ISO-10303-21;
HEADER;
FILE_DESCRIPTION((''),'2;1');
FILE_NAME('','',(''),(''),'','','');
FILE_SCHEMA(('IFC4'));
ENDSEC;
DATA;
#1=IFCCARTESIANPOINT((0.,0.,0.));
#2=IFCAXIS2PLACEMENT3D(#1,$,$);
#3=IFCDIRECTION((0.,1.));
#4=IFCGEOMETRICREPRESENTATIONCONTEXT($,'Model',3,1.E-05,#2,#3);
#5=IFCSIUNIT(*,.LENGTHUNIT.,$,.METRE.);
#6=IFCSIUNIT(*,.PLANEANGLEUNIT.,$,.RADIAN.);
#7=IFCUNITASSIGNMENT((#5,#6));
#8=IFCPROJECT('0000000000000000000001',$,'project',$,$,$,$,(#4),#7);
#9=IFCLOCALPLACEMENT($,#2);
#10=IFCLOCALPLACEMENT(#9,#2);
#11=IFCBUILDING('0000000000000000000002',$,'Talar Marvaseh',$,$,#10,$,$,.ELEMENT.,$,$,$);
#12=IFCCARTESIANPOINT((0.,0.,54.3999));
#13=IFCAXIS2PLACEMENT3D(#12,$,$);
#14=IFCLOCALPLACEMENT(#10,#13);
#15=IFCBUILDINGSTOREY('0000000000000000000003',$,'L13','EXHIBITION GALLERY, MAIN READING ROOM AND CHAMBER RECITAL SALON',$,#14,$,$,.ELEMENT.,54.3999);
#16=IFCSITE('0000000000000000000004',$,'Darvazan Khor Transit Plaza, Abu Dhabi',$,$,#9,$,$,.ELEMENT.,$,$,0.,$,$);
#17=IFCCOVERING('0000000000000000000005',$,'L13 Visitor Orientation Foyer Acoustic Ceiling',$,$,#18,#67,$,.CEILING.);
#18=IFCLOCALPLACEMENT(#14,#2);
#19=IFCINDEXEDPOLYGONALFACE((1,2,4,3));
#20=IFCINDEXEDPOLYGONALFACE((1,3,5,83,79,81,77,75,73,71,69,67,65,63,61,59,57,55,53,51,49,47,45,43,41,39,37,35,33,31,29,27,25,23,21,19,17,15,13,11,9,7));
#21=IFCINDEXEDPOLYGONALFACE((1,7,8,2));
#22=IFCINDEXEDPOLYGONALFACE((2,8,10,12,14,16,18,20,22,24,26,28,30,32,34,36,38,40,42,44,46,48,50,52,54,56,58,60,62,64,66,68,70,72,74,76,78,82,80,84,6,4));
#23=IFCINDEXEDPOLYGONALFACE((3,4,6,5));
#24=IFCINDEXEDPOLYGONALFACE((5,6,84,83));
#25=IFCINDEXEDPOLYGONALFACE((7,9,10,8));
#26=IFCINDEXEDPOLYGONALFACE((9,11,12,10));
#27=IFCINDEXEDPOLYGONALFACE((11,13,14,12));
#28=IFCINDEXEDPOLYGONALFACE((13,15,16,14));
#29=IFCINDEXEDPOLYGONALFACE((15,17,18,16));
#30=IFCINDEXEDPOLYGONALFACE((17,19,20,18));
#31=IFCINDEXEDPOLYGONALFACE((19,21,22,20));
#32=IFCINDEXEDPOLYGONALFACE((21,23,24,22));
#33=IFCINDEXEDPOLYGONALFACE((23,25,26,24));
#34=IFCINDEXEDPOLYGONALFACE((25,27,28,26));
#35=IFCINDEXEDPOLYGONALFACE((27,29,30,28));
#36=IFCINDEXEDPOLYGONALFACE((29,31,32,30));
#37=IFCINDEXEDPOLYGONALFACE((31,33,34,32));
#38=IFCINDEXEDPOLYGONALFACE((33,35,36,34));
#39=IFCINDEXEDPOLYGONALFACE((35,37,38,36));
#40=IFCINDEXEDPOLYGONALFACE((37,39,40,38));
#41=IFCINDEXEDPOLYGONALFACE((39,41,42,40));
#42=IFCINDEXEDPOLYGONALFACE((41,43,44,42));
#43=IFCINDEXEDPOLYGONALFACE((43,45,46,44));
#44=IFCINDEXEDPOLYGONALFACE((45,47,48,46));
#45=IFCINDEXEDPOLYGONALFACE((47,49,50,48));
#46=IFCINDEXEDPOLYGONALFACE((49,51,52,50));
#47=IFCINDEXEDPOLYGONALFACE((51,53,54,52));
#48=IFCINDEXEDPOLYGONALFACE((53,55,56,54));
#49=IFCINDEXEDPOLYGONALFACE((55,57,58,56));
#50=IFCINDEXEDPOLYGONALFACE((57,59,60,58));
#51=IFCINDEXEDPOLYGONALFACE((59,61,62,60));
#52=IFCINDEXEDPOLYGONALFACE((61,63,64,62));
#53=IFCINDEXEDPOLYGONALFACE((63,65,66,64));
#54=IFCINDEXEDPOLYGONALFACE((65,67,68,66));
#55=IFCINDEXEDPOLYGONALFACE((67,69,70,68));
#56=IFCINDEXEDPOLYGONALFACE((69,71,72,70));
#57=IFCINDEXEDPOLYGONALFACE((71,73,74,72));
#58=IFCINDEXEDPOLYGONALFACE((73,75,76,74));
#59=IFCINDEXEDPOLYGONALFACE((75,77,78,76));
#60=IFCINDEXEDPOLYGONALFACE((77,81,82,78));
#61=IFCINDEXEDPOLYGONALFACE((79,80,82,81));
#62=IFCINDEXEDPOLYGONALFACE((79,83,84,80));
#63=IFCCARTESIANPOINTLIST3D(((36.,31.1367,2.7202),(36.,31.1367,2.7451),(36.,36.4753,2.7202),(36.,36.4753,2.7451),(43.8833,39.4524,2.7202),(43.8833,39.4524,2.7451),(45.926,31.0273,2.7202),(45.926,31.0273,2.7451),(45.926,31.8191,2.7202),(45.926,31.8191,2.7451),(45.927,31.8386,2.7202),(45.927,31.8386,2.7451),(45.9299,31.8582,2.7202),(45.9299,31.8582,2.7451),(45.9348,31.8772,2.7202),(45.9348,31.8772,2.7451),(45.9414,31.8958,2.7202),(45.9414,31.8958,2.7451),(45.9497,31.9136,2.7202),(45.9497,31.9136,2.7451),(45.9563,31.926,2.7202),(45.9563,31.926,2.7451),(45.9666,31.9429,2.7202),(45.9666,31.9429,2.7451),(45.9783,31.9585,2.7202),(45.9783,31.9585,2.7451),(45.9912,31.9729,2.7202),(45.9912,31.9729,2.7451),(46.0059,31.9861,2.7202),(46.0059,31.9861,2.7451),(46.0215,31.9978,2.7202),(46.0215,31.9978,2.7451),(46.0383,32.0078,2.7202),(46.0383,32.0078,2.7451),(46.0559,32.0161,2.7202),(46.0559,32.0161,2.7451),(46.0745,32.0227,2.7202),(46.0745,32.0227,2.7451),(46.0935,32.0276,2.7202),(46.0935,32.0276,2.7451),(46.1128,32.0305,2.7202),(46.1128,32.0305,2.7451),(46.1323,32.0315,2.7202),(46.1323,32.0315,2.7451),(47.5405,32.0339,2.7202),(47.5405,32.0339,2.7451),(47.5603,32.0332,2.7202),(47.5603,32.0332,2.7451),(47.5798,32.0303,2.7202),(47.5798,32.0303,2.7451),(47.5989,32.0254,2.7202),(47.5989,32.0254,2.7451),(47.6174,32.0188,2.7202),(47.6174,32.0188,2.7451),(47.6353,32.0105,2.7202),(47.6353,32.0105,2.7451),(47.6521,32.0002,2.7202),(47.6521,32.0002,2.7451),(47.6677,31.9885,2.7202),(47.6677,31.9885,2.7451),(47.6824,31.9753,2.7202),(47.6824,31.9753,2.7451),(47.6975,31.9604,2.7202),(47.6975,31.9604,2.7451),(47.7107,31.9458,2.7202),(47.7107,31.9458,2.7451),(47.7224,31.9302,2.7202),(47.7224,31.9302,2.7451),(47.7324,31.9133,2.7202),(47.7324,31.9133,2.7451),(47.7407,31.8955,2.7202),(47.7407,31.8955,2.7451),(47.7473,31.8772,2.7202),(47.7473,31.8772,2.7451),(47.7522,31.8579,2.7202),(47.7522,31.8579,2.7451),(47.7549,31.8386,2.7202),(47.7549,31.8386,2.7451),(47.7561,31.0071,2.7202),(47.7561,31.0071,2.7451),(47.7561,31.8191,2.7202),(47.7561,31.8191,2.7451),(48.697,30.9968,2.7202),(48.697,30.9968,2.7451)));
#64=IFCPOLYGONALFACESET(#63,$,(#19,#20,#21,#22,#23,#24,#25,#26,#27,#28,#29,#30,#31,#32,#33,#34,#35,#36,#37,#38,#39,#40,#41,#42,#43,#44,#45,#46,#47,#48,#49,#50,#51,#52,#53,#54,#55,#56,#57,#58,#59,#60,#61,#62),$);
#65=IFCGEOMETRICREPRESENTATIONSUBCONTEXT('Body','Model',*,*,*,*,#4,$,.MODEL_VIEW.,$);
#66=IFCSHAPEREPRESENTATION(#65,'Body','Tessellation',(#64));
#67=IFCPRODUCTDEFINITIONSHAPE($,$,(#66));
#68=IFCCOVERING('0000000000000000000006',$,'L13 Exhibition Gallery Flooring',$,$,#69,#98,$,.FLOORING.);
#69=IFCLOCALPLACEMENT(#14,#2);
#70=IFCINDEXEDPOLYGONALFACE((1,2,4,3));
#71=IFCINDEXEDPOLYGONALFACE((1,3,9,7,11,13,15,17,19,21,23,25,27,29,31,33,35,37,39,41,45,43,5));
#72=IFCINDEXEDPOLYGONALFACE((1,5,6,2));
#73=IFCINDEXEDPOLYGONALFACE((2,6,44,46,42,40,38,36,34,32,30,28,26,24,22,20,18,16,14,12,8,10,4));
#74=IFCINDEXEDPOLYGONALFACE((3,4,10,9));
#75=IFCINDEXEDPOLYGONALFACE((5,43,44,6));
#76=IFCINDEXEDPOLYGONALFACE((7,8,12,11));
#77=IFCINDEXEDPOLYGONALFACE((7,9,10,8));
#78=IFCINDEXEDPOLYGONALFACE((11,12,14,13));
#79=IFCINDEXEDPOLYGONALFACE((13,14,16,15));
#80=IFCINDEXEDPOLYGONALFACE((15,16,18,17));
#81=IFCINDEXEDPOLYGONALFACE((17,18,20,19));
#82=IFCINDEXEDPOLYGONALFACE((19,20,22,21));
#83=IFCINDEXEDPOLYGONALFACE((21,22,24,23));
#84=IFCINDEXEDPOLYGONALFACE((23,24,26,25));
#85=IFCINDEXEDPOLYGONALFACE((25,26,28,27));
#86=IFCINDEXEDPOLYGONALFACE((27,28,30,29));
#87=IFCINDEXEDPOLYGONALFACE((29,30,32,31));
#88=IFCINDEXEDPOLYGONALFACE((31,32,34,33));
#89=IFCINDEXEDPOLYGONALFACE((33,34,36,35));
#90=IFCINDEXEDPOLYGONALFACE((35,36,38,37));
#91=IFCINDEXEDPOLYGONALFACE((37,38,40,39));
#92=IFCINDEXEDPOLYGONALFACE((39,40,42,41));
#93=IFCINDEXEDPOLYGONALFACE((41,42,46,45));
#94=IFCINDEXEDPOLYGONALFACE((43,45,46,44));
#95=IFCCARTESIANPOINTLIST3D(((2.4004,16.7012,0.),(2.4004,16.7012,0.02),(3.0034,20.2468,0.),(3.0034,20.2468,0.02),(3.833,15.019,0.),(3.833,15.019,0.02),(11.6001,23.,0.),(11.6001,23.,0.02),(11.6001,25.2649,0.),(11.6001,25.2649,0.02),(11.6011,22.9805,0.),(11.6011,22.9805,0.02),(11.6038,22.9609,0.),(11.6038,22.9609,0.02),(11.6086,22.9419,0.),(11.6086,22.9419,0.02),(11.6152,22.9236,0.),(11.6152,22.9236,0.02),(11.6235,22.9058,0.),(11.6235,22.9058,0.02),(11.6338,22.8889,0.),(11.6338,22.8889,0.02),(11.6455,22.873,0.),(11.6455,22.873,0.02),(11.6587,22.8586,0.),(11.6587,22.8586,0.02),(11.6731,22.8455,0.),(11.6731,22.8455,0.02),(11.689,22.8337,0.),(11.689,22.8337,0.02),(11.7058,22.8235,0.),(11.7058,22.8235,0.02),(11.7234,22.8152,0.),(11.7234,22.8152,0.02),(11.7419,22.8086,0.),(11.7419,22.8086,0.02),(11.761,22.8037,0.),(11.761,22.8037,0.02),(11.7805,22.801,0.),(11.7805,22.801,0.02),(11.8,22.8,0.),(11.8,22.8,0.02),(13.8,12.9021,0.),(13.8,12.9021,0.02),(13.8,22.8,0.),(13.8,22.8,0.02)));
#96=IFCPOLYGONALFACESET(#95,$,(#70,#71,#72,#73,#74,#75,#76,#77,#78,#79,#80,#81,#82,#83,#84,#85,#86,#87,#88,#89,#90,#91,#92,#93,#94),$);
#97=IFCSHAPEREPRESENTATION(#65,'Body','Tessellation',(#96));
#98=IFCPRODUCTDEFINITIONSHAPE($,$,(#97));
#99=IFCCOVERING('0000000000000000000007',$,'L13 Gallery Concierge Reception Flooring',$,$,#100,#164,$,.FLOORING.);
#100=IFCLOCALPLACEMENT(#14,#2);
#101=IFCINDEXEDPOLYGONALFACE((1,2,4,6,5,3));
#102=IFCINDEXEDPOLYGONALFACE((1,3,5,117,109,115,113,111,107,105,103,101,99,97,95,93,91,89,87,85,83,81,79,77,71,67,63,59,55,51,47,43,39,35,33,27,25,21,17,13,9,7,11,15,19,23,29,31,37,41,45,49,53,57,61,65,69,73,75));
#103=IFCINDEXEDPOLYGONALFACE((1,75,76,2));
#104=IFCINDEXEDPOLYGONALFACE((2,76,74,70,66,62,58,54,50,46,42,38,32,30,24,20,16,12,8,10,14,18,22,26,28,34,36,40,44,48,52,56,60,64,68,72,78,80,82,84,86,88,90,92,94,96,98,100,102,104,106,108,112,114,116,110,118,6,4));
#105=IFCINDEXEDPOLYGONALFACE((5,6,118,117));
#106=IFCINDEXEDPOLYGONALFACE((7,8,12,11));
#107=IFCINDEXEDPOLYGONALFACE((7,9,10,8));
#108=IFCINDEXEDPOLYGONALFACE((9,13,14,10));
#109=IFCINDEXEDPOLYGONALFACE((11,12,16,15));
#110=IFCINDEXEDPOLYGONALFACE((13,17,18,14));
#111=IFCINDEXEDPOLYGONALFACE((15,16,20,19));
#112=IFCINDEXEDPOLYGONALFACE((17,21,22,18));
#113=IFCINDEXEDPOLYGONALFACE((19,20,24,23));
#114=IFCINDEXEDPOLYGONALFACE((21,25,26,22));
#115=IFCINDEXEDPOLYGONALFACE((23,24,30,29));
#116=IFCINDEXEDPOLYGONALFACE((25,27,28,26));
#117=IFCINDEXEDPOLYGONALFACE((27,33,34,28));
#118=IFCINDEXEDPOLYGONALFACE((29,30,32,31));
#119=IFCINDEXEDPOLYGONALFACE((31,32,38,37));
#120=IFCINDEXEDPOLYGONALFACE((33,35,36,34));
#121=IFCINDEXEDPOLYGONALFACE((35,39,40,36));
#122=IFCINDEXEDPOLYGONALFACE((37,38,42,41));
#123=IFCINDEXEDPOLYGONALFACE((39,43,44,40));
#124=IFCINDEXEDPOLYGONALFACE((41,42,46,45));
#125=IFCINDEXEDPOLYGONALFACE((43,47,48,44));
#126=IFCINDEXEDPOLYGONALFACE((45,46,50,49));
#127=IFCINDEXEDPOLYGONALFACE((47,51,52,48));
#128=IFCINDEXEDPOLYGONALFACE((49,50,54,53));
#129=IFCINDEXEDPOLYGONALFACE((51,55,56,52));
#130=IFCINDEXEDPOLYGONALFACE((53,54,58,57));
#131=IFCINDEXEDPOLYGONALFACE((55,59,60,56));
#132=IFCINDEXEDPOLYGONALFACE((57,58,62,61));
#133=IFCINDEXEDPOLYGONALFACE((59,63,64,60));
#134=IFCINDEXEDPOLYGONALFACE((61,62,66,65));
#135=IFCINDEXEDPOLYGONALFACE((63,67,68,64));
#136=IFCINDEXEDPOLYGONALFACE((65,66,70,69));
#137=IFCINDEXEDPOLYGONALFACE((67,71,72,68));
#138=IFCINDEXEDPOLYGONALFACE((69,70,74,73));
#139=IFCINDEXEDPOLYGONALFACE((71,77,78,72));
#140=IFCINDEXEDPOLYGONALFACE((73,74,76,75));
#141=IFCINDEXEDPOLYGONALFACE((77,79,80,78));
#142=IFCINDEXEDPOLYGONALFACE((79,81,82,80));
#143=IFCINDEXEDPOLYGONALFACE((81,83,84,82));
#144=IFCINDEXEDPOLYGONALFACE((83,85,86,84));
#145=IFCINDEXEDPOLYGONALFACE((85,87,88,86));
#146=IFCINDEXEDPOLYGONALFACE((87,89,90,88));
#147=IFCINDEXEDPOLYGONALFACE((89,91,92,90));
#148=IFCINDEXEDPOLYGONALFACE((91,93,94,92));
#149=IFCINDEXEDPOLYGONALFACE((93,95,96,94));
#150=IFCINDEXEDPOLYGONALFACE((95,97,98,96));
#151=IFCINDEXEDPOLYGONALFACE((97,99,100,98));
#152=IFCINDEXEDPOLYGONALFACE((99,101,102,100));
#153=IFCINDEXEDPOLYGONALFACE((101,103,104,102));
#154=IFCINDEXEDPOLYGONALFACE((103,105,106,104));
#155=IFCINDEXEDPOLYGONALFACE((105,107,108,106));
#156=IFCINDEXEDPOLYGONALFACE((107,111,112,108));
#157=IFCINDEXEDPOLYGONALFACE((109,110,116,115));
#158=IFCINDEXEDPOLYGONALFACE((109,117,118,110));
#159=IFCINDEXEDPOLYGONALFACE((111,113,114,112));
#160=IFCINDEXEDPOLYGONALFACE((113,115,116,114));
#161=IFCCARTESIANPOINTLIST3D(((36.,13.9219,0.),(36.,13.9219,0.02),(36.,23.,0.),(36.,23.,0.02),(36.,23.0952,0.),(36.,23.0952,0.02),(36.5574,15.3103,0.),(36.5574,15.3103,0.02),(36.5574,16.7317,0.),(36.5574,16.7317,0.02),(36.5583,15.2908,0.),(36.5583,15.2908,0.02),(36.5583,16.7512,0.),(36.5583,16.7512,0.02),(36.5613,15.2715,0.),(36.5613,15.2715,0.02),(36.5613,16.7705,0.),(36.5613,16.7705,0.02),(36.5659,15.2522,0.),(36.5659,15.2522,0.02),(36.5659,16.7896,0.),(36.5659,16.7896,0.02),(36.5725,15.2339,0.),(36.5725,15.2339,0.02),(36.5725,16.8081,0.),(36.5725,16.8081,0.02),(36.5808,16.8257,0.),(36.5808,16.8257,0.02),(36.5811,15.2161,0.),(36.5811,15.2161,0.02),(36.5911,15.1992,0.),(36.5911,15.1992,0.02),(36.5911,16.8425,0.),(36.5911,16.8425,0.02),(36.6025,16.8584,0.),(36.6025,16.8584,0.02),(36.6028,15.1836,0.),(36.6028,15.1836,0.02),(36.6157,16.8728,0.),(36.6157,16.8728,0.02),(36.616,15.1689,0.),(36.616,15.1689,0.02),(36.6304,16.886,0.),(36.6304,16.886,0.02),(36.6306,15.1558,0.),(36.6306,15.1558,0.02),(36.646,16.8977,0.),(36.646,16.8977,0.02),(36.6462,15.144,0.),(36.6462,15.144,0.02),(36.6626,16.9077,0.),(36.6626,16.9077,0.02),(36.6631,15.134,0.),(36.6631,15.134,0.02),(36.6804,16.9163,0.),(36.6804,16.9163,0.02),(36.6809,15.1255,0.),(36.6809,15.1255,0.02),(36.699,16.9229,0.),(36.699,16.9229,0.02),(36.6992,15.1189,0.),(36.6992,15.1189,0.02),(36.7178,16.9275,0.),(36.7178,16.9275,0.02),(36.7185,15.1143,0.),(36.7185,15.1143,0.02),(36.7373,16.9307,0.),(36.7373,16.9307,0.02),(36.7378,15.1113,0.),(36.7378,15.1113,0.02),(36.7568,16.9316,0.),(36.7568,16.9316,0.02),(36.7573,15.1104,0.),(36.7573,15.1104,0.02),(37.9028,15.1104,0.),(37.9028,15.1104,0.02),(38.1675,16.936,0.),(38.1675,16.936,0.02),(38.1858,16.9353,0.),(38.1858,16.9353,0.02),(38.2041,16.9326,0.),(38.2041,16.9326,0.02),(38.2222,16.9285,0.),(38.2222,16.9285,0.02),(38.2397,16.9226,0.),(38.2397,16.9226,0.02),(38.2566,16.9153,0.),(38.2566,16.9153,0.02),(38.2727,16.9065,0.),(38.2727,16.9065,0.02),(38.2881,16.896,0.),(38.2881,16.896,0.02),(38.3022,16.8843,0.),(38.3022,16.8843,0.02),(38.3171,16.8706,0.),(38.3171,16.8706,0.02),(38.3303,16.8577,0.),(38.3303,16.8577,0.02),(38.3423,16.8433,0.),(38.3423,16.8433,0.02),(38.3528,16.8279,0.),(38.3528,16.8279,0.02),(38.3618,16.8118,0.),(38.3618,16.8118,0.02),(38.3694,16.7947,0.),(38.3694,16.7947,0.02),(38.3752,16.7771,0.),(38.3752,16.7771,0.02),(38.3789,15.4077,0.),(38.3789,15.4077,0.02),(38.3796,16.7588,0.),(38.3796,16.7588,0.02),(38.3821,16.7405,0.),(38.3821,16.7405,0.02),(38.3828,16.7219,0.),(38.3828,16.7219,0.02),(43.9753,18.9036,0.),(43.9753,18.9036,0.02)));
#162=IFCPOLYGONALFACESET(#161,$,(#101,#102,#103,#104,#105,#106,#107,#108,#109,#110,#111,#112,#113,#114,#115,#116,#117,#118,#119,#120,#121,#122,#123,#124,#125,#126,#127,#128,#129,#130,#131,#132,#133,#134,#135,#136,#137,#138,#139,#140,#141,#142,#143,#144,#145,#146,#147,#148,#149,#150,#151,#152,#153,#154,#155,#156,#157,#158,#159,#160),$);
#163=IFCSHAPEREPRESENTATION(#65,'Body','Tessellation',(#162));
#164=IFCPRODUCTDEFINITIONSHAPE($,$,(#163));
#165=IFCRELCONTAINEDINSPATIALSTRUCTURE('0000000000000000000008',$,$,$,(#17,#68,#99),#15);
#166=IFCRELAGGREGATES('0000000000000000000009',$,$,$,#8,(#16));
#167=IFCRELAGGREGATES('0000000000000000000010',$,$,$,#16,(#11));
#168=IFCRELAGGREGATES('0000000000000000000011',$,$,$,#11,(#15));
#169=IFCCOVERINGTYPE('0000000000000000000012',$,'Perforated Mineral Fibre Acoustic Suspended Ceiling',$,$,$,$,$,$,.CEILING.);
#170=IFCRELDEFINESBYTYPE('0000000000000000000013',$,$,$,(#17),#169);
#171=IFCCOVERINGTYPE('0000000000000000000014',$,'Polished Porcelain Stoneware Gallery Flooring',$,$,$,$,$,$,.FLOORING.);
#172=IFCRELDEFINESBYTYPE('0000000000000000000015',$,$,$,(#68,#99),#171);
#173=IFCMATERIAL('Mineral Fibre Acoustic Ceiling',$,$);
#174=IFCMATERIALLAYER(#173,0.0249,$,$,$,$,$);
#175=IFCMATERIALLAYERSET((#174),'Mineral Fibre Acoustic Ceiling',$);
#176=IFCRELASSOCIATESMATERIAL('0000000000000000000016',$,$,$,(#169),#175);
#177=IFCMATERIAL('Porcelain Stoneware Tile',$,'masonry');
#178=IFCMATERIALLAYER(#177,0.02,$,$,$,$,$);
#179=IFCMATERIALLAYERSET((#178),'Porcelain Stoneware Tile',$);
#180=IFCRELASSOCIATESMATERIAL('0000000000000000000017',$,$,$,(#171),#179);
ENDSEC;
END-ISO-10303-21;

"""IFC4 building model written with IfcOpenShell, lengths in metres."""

from ifc_helpers import new_model, si_unit, direction, frame, origin, place, context, subcontext, project, spatial, polyline, outline, extrude, material, layer, layer_set, type_object, element, save


model = new_model("IFC4")

# Units and contexts
model_context = context("Model", 3, precision=1e-05, world=origin(), true_north=direction((0.0, 1.0)))
body_context = subcontext(model_context, "Body", "Model", "MODEL_VIEW")
ifc_project = project(units=[si_unit("LENGTHUNIT", "METRE"), si_unit("PLANEANGLEUNIT", "RADIAN")], contexts=[model_context])

# Site, building, storey
site_placement = place(None, origin())
site = spatial("IfcSite", under=ifc_project, at=site_placement, Name="Darvazan Khor Transit Plaza, Abu Dhabi", CompositionType="ELEMENT", RefElevation=0.0)
building_placement = place(site_placement, origin())
building = spatial("IfcBuilding", under=site, at=building_placement, Name="Talar Marvaseh", CompositionType="ELEMENT")
storey_placement = place(building_placement, frame((0.0, 0.0, 54.3999)))
storey = spatial("IfcBuildingStorey", under=building, at=storey_placement, Name="L13", Description="EXHIBITION GALLERY, MAIN READING ROOM AND CHAMBER RECITAL SALON", CompositionType="ELEMENT", Elevation=54.3999)

# Coverings
ifc_material_1 = material(Name="Mineral Fibre Acoustic Ceiling")
ifc_layer_1 = layer(ifc_material_1, 0.0249)
ifc_layer_set_1 = layer_set([ifc_layer_1], Name="Mineral Fibre Acoustic Ceiling")
covering_type_1 = type_object("IfcCoveringType", Name="Perforated Mineral Fibre Acoustic Suspended Ceiling", PredefinedType="CEILING", material=ifc_layer_set_1)
covering_1_placement = place(storey_placement, frame((0.0, 0.0, 2.7202)))
element("IfcCovering", 1, at=covering_1_placement, inside=storey, type_object=covering_type_1, Name="L13 Visitor Orientation Foyer Acoustic Ceiling", PredefinedType="CEILING", context=body_context, shape_type="SweptSolid", body=[
    extrude(outline(polyline([(47.7549, 31.8386), (47.7522, 31.8579), (47.7473, 31.8772), (47.7407, 31.8955), (47.7324, 31.9133), (47.7224, 31.9302), (47.7107, 31.9458), (47.6975, 31.9604), (47.6824, 31.9753), (47.6677, 31.9885), (47.6521, 32.0002), (47.6353, 32.0105), (47.6174, 32.0188), (47.5989, 32.0254), (47.5798, 32.0303), (47.5603, 32.0332), (47.5405, 32.0339), (46.1323, 32.0315), (46.1128, 32.0305), (46.0935, 32.0276), (46.0745, 32.0227), (46.0559, 32.0161), (46.0383, 32.0078), (46.0215, 31.9978), (46.0059, 31.9861), (45.9912, 31.9729), (45.9783, 31.9585), (45.9666, 31.9429), (45.9563, 31.926), (45.9497, 31.9136), (45.9414, 31.8958), (45.9348, 31.8772), (45.9299, 31.8582), (45.927, 31.8386), (45.926, 31.8191), (45.926, 31.0273), (36.0, 31.1367), (36.0, 36.4753), (43.8833, 39.4524), (48.697, 30.9968), (47.7561, 31.0071), (47.7561, 31.8191), (47.7549, 31.8386)])), origin(), (0.0, 0.0, 1.0), 0.0249),
])
ifc_material_2 = material(Name="Porcelain Stoneware Tile", Category="masonry")
ifc_layer_2 = layer(ifc_material_2, 0.02)
ifc_layer_set_2 = layer_set([ifc_layer_2], Name="Porcelain Stoneware Tile")
covering_type_2 = type_object("IfcCoveringType", Name="Polished Porcelain Stoneware Gallery Flooring", PredefinedType="FLOORING", material=ifc_layer_set_2)
covering_2_placement = place(storey_placement, origin())
element("IfcCovering", 2, at=covering_2_placement, inside=storey, type_object=covering_type_2, Name="L13 Exhibition Gallery Flooring", PredefinedType="FLOORING", context=body_context, shape_type="SweptSolid", body=[
    extrude(outline(polyline([(3.0034, 20.2468), (11.6001, 25.2649), (11.6001, 23.0), (11.6011, 22.9805), (11.6038, 22.9609), (11.6086, 22.9419), (11.6152, 22.9236), (11.6235, 22.9058), (11.6338, 22.8889), (11.6455, 22.873), (11.6587, 22.8586), (11.6731, 22.8455), (11.689, 22.8337), (11.7058, 22.8235), (11.7234, 22.8152), (11.7419, 22.8086), (11.761, 22.8037), (11.7805, 22.801), (11.8, 22.8), (13.8, 22.8), (13.8, 12.9021), (3.833, 15.019), (2.4004, 16.7012), (3.0034, 20.2468)])), origin(), (0.0, 0.0, 1.0), 0.02),
])
covering_3_placement = place(storey_placement, origin())
element("IfcCovering", 3, at=covering_3_placement, inside=storey, type_object=covering_type_2, Name="L13 Gallery Concierge Reception Flooring", PredefinedType="FLOORING", context=body_context, shape_type="SweptSolid", body=[
    extrude(outline(polyline([(43.9753, 18.9036), (38.3789, 15.4077), (38.3828, 16.7219), (38.3821, 16.7405), (38.3796, 16.7588), (38.3752, 16.7771), (38.3694, 16.7947), (38.3618, 16.8118), (38.3528, 16.8279), (38.3423, 16.8433), (38.3303, 16.8577), (38.3171, 16.8706), (38.3022, 16.8843), (38.2881, 16.896), (38.2727, 16.9065), (38.2566, 16.9153), (38.2397, 16.9226), (38.2222, 16.9285), (38.2041, 16.9326), (38.1858, 16.9353), (38.1675, 16.936), (36.7568, 16.9316), (36.7373, 16.9307), (36.7178, 16.9275), (36.699, 16.9229), (36.6804, 16.9163), (36.6626, 16.9077), (36.646, 16.8977), (36.6304, 16.886), (36.6157, 16.8728), (36.6025, 16.8584), (36.5911, 16.8425), (36.5808, 16.8257), (36.5725, 16.8081), (36.5659, 16.7896), (36.5613, 16.7705), (36.5583, 16.7512), (36.5574, 16.7317), (36.5574, 15.3103), (36.5583, 15.2908), (36.5613, 15.2715), (36.5659, 15.2522), (36.5725, 15.2339), (36.5811, 15.2161), (36.5911, 15.1992), (36.6028, 15.1836), (36.616, 15.1689), (36.6306, 15.1558), (36.6462, 15.144), (36.6631, 15.134), (36.6809, 15.1255), (36.6992, 15.1189), (36.7185, 15.1143), (36.7378, 15.1113), (36.7573, 15.1104), (37.9028, 15.1104), (36.0, 13.9219), (36.0, 23.0), (36.0, 23.0952), (43.9753, 18.9036)])), origin(), (0.0, 0.0, 1.0), 0.02),
])

save(model, "model.ifc")
